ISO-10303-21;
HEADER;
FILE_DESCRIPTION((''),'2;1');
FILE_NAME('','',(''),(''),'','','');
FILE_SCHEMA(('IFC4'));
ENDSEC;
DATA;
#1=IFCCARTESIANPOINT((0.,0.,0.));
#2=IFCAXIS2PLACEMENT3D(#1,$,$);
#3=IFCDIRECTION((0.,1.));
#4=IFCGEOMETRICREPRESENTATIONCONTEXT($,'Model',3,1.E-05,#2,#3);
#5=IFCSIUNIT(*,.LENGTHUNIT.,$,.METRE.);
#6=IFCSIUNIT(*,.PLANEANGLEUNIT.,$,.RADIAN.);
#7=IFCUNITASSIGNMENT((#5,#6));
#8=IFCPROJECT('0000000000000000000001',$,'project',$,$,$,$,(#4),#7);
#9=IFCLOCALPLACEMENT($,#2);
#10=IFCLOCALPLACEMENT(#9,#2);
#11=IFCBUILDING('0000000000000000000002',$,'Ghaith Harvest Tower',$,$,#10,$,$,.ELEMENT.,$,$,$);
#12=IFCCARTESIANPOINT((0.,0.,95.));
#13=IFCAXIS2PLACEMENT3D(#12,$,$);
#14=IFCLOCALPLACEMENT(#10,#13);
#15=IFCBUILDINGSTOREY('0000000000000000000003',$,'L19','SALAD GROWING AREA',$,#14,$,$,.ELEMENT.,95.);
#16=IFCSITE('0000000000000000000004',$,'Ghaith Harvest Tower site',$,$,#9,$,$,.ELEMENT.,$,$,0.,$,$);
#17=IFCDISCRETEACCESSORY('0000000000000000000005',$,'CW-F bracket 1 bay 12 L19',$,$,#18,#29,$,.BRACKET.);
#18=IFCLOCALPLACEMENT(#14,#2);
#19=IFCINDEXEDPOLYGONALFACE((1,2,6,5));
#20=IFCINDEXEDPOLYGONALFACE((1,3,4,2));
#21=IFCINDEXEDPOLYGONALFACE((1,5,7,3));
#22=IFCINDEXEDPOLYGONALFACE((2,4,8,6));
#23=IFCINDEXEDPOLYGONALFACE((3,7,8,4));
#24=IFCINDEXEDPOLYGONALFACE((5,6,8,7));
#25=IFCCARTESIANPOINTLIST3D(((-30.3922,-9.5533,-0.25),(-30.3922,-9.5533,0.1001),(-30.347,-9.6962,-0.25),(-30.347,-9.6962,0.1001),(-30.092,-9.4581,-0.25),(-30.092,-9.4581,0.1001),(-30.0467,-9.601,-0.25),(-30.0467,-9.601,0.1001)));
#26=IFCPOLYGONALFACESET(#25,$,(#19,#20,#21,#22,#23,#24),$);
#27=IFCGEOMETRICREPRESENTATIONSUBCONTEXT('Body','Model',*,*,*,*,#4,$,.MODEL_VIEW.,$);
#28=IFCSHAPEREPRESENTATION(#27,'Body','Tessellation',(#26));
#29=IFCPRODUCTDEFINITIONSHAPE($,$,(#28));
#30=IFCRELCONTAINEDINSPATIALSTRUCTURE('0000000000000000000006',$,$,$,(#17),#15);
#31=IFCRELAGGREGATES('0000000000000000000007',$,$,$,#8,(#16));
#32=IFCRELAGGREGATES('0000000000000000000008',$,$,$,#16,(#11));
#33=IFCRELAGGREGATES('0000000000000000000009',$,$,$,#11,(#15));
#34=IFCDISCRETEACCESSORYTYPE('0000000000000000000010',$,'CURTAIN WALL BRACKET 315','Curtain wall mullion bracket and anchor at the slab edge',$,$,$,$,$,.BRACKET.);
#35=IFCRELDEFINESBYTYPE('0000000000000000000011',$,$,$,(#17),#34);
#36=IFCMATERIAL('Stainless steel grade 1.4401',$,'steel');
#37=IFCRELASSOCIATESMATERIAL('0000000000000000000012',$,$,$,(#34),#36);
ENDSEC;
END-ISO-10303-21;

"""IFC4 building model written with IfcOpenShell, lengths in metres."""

from ifc_helpers import new_model, si_unit, direction, frame, origin, origin_2d, place, context, subcontext, project, spatial, rectangle, extrude, material, type_object, element, save


model = new_model("IFC4")

# Units and contexts
model_context = context("Model", 3, precision=1e-05, world=origin(), true_north=direction((0.0, 1.0)))
body_context = subcontext(model_context, "Body", "Model", "MODEL_VIEW")
ifc_project = project(units=[si_unit("LENGTHUNIT", "METRE"), si_unit("PLANEANGLEUNIT", "RADIAN")], contexts=[model_context])

# Site, building, storey
site_placement = place(None, origin())
site = spatial("IfcSite", under=ifc_project, at=site_placement, Name="Ghaith Harvest Tower site", CompositionType="ELEMENT", RefElevation=0.0)
building_placement = place(site_placement, origin())
building = spatial("IfcBuilding", under=site, at=building_placement, Name="Ghaith Harvest Tower", CompositionType="ELEMENT")
storey_placement = place(building_placement, frame((0.0, 0.0, 95.0)))
storey = spatial("IfcBuildingStorey", under=building, at=storey_placement, Name="L19", Description="SALAD GROWING AREA", CompositionType="ELEMENT", Elevation=95.0)

# Discrete accessory
ifc_material_1 = material(Name="Stainless steel grade 1.4401", Category="steel")
discrete_accessory_type = type_object("IfcDiscreteAccessoryType", Name="CURTAIN WALL BRACKET 315", Description="Curtain wall mullion bracket and anchor at the slab edge", PredefinedType="BRACKET", material=ifc_material_1)
discrete_accessory_placement = place(storey_placement, frame((-30.2195, -9.5771, -0.25), z_axis=(0.0, 0.0, 1.0), x_axis=(-0.953273, -0.30211, 0.0)))
element("IfcDiscreteAccessory", 1, at=discrete_accessory_placement, inside=storey, type_object=discrete_accessory_type, Name="CW-F bracket 1 bay 12 L19", PredefinedType="BRACKET", context=body_context, shape_type="SweptSolid", body=[
    extrude(rectangle(XDim=0.3149, YDim=0.1499, at=origin_2d()), origin(), (0.0, 0.0, 1.0), 0.3501),
])

save(model, "model.ifc")
